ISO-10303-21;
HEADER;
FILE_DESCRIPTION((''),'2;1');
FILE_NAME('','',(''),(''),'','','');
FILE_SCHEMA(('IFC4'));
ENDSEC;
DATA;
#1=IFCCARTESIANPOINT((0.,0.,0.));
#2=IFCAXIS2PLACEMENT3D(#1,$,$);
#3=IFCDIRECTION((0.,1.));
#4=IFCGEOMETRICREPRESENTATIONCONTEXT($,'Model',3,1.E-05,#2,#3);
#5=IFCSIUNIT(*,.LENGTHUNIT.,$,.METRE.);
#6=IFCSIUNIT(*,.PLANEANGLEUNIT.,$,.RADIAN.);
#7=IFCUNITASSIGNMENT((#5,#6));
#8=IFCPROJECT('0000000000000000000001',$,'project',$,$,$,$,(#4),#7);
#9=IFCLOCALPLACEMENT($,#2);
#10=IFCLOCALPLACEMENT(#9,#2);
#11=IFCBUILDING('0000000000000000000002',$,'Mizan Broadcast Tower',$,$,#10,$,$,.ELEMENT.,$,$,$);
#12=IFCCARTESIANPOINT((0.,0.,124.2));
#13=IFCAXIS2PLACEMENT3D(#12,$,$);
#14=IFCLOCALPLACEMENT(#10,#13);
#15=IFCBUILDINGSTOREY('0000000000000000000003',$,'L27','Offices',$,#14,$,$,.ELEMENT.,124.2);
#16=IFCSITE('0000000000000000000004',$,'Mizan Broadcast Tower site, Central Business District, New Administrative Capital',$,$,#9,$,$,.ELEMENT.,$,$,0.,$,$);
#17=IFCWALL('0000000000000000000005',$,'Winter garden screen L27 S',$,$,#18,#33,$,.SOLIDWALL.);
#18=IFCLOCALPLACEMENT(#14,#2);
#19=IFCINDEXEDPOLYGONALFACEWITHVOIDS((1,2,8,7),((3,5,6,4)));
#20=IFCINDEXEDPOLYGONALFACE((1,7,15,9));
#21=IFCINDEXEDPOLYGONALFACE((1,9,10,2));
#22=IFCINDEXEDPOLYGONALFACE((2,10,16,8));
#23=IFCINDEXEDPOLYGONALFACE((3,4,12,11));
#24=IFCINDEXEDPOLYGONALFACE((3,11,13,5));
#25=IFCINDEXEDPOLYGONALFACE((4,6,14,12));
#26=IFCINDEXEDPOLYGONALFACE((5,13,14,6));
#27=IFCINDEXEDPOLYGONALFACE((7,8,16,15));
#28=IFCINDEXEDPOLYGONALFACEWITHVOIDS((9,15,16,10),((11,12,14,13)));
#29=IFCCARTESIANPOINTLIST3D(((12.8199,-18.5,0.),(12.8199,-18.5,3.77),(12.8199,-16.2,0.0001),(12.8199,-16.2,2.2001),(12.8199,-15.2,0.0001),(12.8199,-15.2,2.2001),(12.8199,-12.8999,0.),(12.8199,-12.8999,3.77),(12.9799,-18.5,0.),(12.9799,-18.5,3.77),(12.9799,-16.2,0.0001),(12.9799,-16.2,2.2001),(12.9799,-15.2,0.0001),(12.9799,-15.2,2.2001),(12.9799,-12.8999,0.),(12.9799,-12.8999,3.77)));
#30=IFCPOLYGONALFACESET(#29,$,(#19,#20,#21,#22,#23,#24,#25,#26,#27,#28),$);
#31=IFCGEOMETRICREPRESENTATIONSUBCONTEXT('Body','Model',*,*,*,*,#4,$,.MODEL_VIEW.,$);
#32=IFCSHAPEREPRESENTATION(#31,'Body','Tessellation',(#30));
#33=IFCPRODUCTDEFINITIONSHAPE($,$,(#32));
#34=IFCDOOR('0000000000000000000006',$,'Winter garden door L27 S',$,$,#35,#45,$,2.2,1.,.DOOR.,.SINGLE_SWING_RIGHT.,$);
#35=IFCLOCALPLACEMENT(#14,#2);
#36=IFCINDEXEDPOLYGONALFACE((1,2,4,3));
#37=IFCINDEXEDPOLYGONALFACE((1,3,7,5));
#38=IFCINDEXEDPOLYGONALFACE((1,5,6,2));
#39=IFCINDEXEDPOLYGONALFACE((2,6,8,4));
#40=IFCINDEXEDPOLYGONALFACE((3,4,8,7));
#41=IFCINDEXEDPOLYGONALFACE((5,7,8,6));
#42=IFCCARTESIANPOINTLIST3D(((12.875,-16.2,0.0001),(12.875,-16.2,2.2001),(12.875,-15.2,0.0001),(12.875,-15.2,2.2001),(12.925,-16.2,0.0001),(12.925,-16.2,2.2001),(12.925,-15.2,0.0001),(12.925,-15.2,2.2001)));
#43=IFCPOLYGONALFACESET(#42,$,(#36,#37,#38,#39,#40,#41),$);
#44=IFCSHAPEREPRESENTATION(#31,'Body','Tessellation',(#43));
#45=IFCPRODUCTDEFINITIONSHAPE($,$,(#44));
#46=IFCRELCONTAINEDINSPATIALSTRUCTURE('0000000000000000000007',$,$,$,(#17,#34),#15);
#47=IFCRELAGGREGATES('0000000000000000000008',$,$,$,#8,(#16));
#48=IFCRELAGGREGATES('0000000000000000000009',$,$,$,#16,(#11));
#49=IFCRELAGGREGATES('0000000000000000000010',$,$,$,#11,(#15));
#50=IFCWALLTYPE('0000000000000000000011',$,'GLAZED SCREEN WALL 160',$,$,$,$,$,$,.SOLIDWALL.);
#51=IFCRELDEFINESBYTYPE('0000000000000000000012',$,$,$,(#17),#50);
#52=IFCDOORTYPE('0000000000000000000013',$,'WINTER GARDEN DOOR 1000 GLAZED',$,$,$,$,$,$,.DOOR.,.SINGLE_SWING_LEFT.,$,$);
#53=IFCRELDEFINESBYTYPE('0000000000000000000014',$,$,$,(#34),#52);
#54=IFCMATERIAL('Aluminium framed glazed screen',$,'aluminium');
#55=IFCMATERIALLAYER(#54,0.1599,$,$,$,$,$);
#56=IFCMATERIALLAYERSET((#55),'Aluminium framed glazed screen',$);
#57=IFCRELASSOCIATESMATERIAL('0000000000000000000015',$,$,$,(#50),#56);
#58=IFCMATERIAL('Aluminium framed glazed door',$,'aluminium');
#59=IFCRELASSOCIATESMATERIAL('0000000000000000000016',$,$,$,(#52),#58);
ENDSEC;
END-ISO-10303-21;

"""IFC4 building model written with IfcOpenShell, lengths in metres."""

from ifc_helpers import new_model, si_unit, direction, frame, frame_2d, origin, place, context, subcontext, project, spatial, rectangle, extrude, material, layer, layer_set, type_object, element, fill, save


model = new_model("IFC4")

# Units and contexts
model_context = context("Model", 3, precision=1e-05, world=origin(), true_north=direction((0.0, 1.0)))
body_context = subcontext(model_context, "Body", "Model", "MODEL_VIEW")
ifc_project = project(units=[si_unit("LENGTHUNIT", "METRE"), si_unit("PLANEANGLEUNIT", "RADIAN")], contexts=[model_context])

# Site, building, storey
site_placement = place(None, origin())
site = spatial("IfcSite", under=ifc_project, at=site_placement, Name="Mizan Broadcast Tower site, Central Business District, New Administrative Capital", CompositionType="ELEMENT", RefElevation=0.0)
building_placement = place(site_placement, origin())
building = spatial("IfcBuilding", under=site, at=building_placement, Name="Mizan Broadcast Tower", CompositionType="ELEMENT")
storey_placement = place(building_placement, frame((0.0, 0.0, 124.2)))
storey = spatial("IfcBuildingStorey", under=building, at=storey_placement, Name="L27", Description="Offices", CompositionType="ELEMENT", Elevation=124.2)

# Wall, opening, door
ifc_material_1 = material(Name="Aluminium framed glazed screen", Category="aluminium")
ifc_layer_1 = layer(ifc_material_1, 0.1599)
ifc_layer_set_1 = layer_set([ifc_layer_1], Name="Aluminium framed glazed screen")
wall_type = type_object("IfcWallType", Name="GLAZED SCREEN WALL 160", PredefinedType="SOLIDWALL", material=ifc_layer_set_1)
wall_placement = place(storey_placement, frame((12.8999, -18.5, 0.0), z_axis=(0.0, 0.0, 1.0), x_axis=(0.0, 1.0, 0.0)))
wall = element("IfcWall", 1, at=wall_placement, inside=storey, type_object=wall_type, Name="Winter garden screen L27 S", PredefinedType="SOLIDWALL", context=body_context, shape_type="SweptSolid", body=[
    extrude(rectangle(XDim=5.6001, YDim=0.1599, at=frame_2d((2.8, 0.0))), origin(), (0.0, 0.0, 1.0), 3.77),
])
opening_placement = place(wall_placement, frame((2.3, 0.0, 0.0)))
opening = element("IfcOpeningElement", 2, at=opening_placement, cuts=wall, PredefinedType="OPENING", context=body_context, shape_type="SweptSolid", body=[
    extrude(rectangle(XDim=1.0, YDim=2.2, at=frame_2d((0.5, 1.1001))), frame((0.0, 0.0898, 0.0), z_axis=(0.0, -1.0, 0.0), x_axis=(1.0, 0.0, 0.0)), (0.0, 0.0, 1.0), 0.1799),
])
ifc_material_2 = material(Name="Aluminium framed glazed door", Category="aluminium")
door_type = type_object("IfcDoorType", Name="WINTER GARDEN DOOR 1000 GLAZED", OperationType="SINGLE_SWING_LEFT", PredefinedType="DOOR", material=ifc_material_2)
door_placement = place(opening_placement, origin())
door = element("IfcDoor", 3, at=door_placement, inside=storey, type_object=door_type, Name="Winter garden door L27 S", OperationType="SINGLE_SWING_RIGHT", OverallHeight=2.2, OverallWidth=1.0, PredefinedType="DOOR", context=body_context, shape_type="SweptSolid", body=[
    extrude(rectangle(XDim=1.0, YDim=2.2, at=frame_2d((0.5, 1.1001))), frame((0.0, 0.0249, 0.0), z_axis=(0.0, -1.0, 0.0), x_axis=(1.0, 0.0, 0.0)), (0.0, 0.0, 1.0), 0.05),
])
fill(opening, door)

save(model, "model.ifc")
